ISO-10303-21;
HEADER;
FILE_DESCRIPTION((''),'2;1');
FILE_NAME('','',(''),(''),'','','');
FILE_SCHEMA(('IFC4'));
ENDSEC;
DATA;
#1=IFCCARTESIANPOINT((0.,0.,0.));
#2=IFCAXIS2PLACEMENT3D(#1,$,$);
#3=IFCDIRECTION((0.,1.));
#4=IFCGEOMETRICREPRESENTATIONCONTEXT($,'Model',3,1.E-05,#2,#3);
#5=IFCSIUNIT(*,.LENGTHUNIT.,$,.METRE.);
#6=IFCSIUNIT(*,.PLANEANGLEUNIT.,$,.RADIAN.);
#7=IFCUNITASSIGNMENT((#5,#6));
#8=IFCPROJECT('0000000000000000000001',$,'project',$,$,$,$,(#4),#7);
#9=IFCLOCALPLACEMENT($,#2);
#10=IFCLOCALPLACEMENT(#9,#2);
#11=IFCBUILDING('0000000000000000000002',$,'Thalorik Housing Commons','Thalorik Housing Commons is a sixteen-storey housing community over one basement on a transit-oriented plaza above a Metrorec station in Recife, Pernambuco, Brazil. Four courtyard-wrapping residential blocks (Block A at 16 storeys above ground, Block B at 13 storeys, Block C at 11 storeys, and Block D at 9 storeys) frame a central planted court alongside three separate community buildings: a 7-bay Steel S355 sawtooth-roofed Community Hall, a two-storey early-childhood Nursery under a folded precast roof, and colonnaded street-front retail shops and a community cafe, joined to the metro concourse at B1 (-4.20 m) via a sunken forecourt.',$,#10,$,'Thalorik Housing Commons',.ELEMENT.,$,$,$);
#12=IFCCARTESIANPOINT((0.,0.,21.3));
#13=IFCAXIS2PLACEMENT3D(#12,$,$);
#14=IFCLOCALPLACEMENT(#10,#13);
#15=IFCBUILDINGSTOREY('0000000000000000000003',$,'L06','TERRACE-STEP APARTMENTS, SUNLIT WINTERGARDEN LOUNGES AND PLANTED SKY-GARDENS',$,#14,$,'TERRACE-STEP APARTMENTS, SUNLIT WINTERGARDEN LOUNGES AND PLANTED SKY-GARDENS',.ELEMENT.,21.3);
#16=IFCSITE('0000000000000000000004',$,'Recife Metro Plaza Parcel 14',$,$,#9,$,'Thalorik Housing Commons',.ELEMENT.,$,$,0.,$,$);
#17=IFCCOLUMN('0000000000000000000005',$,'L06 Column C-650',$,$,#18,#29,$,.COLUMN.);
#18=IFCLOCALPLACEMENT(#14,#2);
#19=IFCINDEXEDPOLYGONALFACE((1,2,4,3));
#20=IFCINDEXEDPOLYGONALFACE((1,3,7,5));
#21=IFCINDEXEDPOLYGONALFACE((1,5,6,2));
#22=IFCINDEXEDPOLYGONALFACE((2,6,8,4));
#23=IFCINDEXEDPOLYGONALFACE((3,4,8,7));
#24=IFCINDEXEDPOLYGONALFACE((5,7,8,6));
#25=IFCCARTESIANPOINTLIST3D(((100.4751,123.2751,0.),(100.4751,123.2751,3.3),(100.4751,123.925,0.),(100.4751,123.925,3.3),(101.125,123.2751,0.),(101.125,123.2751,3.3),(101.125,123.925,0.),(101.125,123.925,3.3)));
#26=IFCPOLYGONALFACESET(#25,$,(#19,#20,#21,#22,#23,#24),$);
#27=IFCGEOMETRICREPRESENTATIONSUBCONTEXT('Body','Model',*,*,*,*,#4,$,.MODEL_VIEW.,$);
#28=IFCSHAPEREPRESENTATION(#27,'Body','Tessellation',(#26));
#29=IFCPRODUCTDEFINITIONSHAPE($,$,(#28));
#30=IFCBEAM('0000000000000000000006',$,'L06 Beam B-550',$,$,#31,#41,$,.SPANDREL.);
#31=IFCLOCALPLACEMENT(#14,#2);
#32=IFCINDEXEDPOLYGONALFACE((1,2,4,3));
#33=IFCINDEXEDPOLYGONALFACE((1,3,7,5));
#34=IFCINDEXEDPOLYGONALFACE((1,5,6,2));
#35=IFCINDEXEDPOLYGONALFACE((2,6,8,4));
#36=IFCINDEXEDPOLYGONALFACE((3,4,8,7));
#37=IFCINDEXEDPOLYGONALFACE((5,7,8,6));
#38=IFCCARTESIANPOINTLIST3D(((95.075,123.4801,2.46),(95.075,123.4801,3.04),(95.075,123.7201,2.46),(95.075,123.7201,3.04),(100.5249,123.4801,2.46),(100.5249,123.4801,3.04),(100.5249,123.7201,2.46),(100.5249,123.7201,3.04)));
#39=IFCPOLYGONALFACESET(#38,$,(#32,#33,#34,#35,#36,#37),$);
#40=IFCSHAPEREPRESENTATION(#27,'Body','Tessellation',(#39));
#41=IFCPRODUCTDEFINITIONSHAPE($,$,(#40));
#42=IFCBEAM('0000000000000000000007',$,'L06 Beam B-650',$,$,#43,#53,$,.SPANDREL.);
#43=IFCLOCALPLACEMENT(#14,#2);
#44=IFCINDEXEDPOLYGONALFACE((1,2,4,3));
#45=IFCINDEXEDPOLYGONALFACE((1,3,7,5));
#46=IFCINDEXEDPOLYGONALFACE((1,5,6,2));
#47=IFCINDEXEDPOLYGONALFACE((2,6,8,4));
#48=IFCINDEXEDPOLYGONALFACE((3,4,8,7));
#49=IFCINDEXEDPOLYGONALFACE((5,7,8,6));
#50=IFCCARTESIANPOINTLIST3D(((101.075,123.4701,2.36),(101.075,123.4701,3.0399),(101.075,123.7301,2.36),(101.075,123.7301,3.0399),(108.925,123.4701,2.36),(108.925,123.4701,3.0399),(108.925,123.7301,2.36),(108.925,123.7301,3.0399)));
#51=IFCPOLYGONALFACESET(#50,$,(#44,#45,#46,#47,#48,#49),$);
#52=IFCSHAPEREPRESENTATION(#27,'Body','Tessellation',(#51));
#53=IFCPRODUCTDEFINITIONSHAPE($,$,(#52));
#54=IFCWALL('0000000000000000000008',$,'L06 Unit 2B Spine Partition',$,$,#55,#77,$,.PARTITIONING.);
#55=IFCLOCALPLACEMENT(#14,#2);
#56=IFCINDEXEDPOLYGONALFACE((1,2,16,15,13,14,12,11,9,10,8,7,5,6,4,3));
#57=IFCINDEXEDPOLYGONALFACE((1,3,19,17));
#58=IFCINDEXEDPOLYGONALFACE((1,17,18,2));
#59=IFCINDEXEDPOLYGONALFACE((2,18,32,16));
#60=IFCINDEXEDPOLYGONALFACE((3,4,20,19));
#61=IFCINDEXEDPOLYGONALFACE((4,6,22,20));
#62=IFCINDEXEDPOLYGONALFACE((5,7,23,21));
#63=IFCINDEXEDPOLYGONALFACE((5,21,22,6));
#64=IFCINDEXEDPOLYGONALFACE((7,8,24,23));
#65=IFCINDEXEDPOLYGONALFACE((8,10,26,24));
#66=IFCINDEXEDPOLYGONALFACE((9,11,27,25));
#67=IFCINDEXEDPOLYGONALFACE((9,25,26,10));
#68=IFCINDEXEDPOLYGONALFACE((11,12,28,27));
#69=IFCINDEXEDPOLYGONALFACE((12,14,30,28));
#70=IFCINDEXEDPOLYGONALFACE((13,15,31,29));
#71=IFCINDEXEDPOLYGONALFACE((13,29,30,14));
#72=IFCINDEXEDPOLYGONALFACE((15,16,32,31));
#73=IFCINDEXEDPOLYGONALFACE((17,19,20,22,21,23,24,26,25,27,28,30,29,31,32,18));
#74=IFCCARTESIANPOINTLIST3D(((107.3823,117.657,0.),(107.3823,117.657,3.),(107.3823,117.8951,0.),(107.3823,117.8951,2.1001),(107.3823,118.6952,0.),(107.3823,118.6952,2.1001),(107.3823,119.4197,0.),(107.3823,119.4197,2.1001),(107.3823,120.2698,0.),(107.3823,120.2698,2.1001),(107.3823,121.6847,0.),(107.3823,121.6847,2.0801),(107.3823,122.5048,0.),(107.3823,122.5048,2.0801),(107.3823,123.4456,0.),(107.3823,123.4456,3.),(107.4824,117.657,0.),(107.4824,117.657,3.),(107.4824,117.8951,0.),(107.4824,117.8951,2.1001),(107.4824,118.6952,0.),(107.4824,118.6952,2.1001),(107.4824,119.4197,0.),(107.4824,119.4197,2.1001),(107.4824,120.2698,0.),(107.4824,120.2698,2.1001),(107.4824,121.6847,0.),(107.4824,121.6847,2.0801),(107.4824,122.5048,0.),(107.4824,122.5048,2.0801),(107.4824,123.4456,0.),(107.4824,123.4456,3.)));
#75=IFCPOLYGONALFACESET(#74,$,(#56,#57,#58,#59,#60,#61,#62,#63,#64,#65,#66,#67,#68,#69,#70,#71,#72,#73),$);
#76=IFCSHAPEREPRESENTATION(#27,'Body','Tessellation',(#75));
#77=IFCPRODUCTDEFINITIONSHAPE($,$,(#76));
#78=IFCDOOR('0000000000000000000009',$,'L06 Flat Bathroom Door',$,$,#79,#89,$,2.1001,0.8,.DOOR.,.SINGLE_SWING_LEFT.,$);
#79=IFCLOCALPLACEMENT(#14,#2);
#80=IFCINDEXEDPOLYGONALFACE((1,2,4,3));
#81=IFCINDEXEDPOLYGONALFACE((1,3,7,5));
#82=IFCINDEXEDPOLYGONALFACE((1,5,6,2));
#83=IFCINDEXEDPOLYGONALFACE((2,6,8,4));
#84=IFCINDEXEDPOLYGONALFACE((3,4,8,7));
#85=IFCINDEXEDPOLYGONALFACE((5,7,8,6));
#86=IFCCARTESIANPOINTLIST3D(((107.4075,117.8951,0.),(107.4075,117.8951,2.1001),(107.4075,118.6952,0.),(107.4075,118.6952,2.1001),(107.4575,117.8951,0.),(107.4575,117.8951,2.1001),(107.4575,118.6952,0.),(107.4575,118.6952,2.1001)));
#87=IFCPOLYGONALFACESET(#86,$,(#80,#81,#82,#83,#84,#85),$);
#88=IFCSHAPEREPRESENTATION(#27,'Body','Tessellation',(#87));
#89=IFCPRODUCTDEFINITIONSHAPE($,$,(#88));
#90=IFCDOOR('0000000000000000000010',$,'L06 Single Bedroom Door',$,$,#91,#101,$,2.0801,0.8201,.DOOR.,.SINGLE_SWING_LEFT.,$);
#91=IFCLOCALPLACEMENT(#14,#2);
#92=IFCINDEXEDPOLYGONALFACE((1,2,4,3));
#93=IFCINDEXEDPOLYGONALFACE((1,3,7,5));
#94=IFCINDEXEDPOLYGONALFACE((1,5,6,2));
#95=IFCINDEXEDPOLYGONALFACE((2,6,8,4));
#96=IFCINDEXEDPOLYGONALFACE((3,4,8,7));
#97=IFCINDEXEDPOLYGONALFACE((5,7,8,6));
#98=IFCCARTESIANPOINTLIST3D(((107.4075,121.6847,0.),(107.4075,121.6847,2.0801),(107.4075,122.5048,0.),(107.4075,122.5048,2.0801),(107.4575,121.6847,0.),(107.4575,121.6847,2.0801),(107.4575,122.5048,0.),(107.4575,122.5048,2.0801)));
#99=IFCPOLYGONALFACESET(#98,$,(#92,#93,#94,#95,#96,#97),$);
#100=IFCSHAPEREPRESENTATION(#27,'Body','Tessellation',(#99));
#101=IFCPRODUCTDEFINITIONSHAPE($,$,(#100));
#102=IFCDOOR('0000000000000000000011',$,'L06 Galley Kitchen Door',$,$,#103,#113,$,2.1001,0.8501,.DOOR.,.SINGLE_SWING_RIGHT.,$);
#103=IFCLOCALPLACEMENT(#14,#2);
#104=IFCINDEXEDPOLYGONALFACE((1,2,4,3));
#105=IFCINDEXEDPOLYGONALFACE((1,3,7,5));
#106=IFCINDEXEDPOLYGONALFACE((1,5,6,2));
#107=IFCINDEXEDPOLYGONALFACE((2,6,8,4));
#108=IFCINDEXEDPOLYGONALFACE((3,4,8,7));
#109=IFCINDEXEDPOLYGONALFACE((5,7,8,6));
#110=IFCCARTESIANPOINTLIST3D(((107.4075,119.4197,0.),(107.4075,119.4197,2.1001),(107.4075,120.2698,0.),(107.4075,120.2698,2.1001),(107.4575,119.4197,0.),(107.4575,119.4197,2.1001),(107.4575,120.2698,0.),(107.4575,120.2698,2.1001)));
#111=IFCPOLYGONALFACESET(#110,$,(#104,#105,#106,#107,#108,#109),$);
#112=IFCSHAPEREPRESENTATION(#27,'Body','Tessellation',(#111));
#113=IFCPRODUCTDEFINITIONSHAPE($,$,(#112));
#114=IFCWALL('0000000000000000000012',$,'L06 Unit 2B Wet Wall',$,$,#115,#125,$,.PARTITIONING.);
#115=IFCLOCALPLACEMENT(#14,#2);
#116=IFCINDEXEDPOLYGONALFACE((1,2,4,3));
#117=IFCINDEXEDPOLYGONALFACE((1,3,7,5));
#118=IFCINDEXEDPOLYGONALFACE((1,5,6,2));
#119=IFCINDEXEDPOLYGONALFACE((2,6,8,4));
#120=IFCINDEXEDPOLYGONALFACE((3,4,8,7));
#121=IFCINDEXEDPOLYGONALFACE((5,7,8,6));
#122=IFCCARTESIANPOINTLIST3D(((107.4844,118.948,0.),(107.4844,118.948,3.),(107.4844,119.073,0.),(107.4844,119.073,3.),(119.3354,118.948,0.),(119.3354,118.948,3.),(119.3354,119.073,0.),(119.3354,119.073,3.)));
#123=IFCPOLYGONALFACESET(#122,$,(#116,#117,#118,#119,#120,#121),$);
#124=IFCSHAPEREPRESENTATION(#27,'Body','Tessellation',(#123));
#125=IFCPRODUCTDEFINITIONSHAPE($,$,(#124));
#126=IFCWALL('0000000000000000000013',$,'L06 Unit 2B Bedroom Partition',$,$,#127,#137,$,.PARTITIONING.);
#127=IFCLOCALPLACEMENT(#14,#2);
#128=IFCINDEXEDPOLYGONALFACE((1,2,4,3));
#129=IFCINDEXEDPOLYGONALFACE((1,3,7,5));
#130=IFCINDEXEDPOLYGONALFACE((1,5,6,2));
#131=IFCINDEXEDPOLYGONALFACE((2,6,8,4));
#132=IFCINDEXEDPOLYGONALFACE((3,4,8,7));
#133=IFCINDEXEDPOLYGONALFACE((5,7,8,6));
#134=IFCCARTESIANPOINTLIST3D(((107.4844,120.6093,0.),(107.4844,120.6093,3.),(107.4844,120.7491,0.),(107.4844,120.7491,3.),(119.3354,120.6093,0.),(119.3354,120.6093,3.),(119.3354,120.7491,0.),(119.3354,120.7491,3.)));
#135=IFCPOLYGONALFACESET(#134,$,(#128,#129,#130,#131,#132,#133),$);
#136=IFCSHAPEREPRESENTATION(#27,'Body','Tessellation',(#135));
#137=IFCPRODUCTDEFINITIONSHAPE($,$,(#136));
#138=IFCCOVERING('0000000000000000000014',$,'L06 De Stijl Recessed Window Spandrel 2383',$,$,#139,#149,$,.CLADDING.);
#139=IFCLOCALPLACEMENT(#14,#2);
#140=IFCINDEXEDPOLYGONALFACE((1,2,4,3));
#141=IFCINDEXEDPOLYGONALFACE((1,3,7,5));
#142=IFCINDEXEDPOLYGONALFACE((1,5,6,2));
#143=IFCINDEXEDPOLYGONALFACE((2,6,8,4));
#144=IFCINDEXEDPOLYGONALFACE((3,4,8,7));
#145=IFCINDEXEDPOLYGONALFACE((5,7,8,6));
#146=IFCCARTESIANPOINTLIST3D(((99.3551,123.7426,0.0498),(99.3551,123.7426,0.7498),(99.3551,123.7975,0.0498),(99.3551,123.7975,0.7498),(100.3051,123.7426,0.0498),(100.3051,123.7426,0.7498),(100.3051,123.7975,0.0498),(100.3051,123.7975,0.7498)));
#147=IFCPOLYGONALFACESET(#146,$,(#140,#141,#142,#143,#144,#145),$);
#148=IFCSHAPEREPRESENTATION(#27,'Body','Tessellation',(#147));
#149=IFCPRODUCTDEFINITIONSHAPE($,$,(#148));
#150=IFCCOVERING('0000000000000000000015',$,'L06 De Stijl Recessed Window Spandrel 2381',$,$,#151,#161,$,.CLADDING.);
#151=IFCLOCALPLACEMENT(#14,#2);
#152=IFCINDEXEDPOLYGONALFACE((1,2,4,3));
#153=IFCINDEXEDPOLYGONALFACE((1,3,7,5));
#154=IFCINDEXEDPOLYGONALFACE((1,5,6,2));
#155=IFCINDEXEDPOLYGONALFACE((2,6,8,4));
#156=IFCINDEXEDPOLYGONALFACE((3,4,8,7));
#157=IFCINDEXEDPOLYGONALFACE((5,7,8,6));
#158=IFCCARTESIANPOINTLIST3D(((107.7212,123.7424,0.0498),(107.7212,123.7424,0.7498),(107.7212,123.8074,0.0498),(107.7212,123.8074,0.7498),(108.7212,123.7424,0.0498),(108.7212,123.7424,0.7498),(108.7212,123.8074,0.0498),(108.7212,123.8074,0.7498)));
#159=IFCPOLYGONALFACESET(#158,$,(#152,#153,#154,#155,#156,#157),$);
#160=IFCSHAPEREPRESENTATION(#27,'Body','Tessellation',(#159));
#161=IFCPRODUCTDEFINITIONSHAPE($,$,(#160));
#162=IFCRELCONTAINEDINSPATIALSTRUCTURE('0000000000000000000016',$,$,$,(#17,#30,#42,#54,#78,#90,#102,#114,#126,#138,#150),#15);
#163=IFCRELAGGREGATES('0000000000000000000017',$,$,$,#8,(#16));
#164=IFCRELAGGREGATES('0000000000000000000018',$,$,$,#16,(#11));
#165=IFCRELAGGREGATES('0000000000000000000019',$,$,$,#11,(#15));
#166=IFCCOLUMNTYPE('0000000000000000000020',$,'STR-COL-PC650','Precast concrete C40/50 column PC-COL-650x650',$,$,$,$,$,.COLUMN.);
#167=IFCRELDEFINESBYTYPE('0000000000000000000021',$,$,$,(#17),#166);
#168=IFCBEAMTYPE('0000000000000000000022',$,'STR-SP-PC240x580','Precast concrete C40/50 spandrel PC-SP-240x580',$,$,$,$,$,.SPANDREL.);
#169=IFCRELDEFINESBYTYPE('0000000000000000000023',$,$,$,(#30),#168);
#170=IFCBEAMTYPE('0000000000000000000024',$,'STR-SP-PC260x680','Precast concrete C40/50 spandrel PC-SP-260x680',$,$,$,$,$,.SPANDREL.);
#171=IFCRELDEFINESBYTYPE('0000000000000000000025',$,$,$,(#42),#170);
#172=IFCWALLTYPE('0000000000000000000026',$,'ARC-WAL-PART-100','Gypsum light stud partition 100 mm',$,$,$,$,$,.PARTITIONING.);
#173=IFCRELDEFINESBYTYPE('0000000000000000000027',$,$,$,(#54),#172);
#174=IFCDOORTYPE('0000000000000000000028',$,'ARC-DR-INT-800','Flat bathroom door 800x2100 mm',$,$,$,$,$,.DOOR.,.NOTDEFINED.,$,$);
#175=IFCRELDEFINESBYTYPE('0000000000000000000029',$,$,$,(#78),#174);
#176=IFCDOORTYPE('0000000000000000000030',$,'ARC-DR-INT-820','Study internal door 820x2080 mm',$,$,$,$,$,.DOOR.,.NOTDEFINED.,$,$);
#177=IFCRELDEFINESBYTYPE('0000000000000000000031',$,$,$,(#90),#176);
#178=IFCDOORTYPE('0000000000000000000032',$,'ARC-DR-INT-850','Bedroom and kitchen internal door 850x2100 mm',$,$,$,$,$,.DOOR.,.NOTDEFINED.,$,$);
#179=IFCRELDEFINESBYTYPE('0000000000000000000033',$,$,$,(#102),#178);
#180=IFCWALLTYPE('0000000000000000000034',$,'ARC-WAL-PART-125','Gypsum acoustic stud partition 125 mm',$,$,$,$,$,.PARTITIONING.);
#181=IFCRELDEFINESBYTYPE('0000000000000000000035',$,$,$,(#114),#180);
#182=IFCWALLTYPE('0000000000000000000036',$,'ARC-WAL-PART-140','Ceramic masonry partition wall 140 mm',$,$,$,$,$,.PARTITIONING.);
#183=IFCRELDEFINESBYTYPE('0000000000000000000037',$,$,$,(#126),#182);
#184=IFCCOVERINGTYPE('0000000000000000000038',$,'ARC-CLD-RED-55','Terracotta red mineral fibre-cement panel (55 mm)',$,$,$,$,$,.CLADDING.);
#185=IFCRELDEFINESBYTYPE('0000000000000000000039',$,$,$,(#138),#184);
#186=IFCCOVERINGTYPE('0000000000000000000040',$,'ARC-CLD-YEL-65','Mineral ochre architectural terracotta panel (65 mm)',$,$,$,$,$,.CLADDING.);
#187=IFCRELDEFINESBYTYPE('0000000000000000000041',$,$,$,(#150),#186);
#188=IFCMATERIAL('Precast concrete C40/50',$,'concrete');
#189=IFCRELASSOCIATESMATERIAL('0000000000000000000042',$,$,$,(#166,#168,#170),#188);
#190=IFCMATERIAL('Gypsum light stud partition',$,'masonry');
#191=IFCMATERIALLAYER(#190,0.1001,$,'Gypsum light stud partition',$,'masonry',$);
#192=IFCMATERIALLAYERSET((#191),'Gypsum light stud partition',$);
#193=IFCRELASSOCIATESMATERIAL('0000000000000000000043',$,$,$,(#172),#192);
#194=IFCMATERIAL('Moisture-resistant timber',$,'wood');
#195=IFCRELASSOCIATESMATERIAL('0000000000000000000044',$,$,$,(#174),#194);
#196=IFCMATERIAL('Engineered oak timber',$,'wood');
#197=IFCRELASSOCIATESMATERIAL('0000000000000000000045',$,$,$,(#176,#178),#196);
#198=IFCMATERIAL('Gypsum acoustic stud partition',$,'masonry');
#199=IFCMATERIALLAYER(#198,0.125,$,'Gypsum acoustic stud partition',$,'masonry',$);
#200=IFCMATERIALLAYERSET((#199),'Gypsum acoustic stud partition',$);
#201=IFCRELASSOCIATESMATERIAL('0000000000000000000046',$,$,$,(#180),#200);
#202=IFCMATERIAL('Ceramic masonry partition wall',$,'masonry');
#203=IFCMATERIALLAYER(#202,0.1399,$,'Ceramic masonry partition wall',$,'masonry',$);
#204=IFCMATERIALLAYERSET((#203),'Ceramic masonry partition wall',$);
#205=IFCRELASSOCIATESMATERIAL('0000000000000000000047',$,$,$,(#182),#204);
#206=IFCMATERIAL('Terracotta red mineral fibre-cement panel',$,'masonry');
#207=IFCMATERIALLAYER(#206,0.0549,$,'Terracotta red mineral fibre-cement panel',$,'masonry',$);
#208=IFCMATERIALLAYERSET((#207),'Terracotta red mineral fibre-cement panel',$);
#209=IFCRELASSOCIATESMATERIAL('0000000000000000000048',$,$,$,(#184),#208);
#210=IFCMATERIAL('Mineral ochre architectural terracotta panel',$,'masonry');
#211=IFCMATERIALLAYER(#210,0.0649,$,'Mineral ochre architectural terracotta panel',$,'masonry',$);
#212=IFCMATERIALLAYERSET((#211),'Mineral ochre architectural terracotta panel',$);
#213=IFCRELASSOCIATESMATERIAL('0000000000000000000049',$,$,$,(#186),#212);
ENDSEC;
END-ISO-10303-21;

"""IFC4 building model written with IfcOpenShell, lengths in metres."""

from ifc_helpers import new_model, si_unit, direction, frame, frame_2d, origin, origin_2d, place, context, subcontext, project, spatial, rectangle, extrude, material, layer, layer_set, material_profile, profile_set, type_object, element, fill, save


model = new_model("IFC4")

# Units and contexts
model_context = context("Model", 3, precision=1e-05, world=origin(), true_north=direction((0.0, 1.0)))
body_context = subcontext(model_context, "Body", "Model", "MODEL_VIEW")
ifc_project = project(units=[si_unit("LENGTHUNIT", "METRE"), si_unit("PLANEANGLEUNIT", "RADIAN")], contexts=[model_context])

# Site, building, storey
site_placement = place(None, origin())
site = spatial("IfcSite", under=ifc_project, at=site_placement, Name="Recife Metro Plaza Parcel 14", LongName="Thalorik Housing Commons", CompositionType="ELEMENT", RefElevation=0.0)
building_placement = place(site_placement, origin())
building = spatial("IfcBuilding", under=site, at=building_placement, Name="Thalorik Housing Commons", Description="Thalorik Housing Commons is a sixteen-storey housing community over one basement on a transit-oriented plaza above a Metrorec station in Recife, Pernambuco, Brazil. Four courtyard-wrapping residential blocks (Block A at 16 storeys above ground, Block B at 13 storeys, Block C at 11 storeys, and Block D at 9 storeys) frame a central planted court alongside three separate community buildings: a 7-bay Steel S355 sawtooth-roofed Community Hall, a two-storey early-childhood Nursery under a folded precast roof, and colonnaded street-front retail shops and a community cafe, joined to the metro concourse at B1 (-4.20 m) via a sunken forecourt.", LongName="Thalorik Housing Commons", CompositionType="ELEMENT")
storey_placement = place(building_placement, frame((0.0, 0.0, 21.3)))
storey = spatial("IfcBuildingStorey", under=building, at=storey_placement, Name="L06", Description="TERRACE-STEP APARTMENTS, SUNLIT WINTERGARDEN LOUNGES AND PLANTED SKY-GARDENS", LongName="TERRACE-STEP APARTMENTS, SUNLIT WINTERGARDEN LOUNGES AND PLANTED SKY-GARDENS", CompositionType="ELEMENT", Elevation=21.3)

# Column
ifc_material_1 = material(Name="Precast concrete C40/50", Category="concrete")
ifc_material_profile_1 = material_profile(ifc_material_1, rectangle(XDim=0.6499, YDim=0.6499, at=origin_2d()), Name="PC 650x650", Category="concrete")
ifc_profile_set_1 = profile_set([ifc_material_profile_1], Name="Precast concrete C40/50")
column_type = type_object("IfcColumnType", Name="STR-COL-PC650", Description="Precast concrete C40/50 column PC-COL-650x650", PredefinedType="COLUMN", material=ifc_profile_set_1)
column_placement = place(storey_placement, frame((100.8, 123.6001, 0.0), z_axis=(0.0, 0.0, 1.0), x_axis=(1.0, 0.0, 0.0)))
element("IfcColumn", 1, at=column_placement, inside=storey, type_object=column_type, Name="L06 Column C-650", PredefinedType="COLUMN", context=body_context, shape_type="SweptSolid", body=[
    extrude(rectangle(XDim=0.6499, YDim=0.6499, at=origin_2d()), origin(), (0.0, 0.0, 1.0), 3.3),
])

# Beams
ifc_material_profile_2 = material_profile(ifc_material_1, rectangle(XDim=0.24, YDim=0.5801, at=origin_2d()), Name="PC SP 240x580", Category="concrete")
ifc_profile_set_2 = profile_set([ifc_material_profile_2], Name="Precast concrete C40/50")
beam_type_1 = type_object("IfcBeamType", Name="STR-SP-PC240x580", Description="Precast concrete C40/50 spandrel PC-SP-240x580", PredefinedType="SPANDREL", material=ifc_profile_set_2)
beam_1_placement = place(storey_placement, frame((95.075, 123.6001, 2.75), z_axis=(1.0, 0.0, 0.0), x_axis=(0.0, 1.0, 0.0)))
element("IfcBeam", 2, at=beam_1_placement, inside=storey, type_object=beam_type_1, Name="L06 Beam B-550", PredefinedType="SPANDREL", context=body_context, shape_type="SweptSolid", body=[
    extrude(rectangle(XDim=0.24, YDim=0.5801, at=origin_2d()), origin(), (0.0, 0.0, 1.0), 5.45),
])
ifc_material_profile_3 = material_profile(ifc_material_1, rectangle(XDim=0.26, YDim=0.6799, at=origin_2d()), Name="PC SP 260x680", Category="concrete")
ifc_profile_set_3 = profile_set([ifc_material_profile_3], Name="Precast concrete C40/50")
beam_type_2 = type_object("IfcBeamType", Name="STR-SP-PC260x680", Description="Precast concrete C40/50 spandrel PC-SP-260x680", PredefinedType="SPANDREL", material=ifc_profile_set_3)
beam_2_placement = place(storey_placement, frame((101.075, 123.6001, 2.7), z_axis=(1.0, 0.0, 0.0), x_axis=(0.0, 1.0, 0.0)))
element("IfcBeam", 3, at=beam_2_placement, inside=storey, type_object=beam_type_2, Name="L06 Beam B-650", PredefinedType="SPANDREL", context=body_context, shape_type="SweptSolid", body=[
    extrude(rectangle(XDim=0.26, YDim=0.6799, at=origin_2d()), origin(), (0.0, 0.0, 1.0), 7.8501),
])

# Wall, openings, doors
ifc_material_2 = material(Name="Gypsum light stud partition", Category="masonry")
ifc_layer_1 = layer(ifc_material_2, 0.1001, Name="Gypsum light stud partition", Category="masonry")
ifc_layer_set_1 = layer_set([ifc_layer_1], Name="Gypsum light stud partition")
wall_type_1 = type_object("IfcWallType", Name="ARC-WAL-PART-100", Description="Gypsum light stud partition 100 mm", PredefinedType="PARTITIONING", material=ifc_layer_set_1)
wall_1_placement = place(storey_placement, frame((107.4324, 117.657, 0.0), z_axis=(0.0, 0.0, 1.0), x_axis=(0.0, 1.0, 0.0)))
wall_1 = element("IfcWall", 4, at=wall_1_placement, inside=storey, type_object=wall_type_1, Name="L06 Unit 2B Spine Partition", PredefinedType="PARTITIONING", context=body_context, shape_type="SweptSolid", body=[
    extrude(rectangle(XDim=5.7886, YDim=0.1001, at=frame_2d((2.8943, 0.0))), origin(), (0.0, 0.0, 1.0), 3.0),
])
opening_1_placement = place(wall_1_placement, frame((0.2383, 0.0, 0.0)))
opening_1 = element("IfcOpeningElement", 5, at=opening_1_placement, cuts=wall_1, PredefinedType="OPENING", context=body_context, shape_type="SweptSolid", body=[
    extrude(rectangle(XDim=0.8, YDim=2.1001, at=frame_2d((0.3999, 1.05))), frame((0.0, 0.0601, 0.0), z_axis=(0.0, -1.0, 0.0), x_axis=(1.0, 0.0, 0.0)), (0.0, 0.0, 1.0), 0.1201),
])
opening_2_placement = place(wall_1_placement, frame((1.7627, 0.0, 0.0)))
opening_2 = element("IfcOpeningElement", 6, at=opening_2_placement, cuts=wall_1, PredefinedType="OPENING", context=body_context, shape_type="SweptSolid", body=[
    extrude(rectangle(XDim=0.8501, YDim=2.1001, at=frame_2d((0.425, 1.05))), frame((0.0, 0.0601, 0.0), z_axis=(0.0, -1.0, 0.0), x_axis=(1.0, 0.0, 0.0)), (0.0, 0.0, 1.0), 0.1201),
])
opening_3_placement = place(wall_1_placement, frame((4.0276, 0.0, 0.0)))
opening_3 = element("IfcOpeningElement", 7, at=opening_3_placement, cuts=wall_1, PredefinedType="OPENING", context=body_context, shape_type="SweptSolid", body=[
    extrude(rectangle(XDim=0.8201, YDim=2.0801, at=frame_2d((0.4102, 1.04))), frame((0.0, 0.0601, 0.0), z_axis=(0.0, -1.0, 0.0), x_axis=(1.0, 0.0, 0.0)), (0.0, 0.0, 1.0), 0.1201),
])
ifc_material_3 = material(Name="Moisture-resistant timber", Category="wood")
door_type_1 = type_object("IfcDoorType", Name="ARC-DR-INT-800", Description="Flat bathroom door 800x2100 mm", OperationType="NOTDEFINED", PredefinedType="DOOR", material=ifc_material_3)
door_1_placement = place(opening_1_placement, origin())
door_1 = element("IfcDoor", 8, at=door_1_placement, inside=storey, type_object=door_type_1, Name="L06 Flat Bathroom Door", OperationType="SINGLE_SWING_LEFT", OverallHeight=2.1001, OverallWidth=0.8, PredefinedType="DOOR", context=body_context, shape_type="SweptSolid", body=[
    extrude(rectangle(XDim=0.8, YDim=2.1001, at=frame_2d((0.3999, 1.05))), frame((0.0, 0.0249, 0.0), z_axis=(0.0, -1.0, 0.0), x_axis=(1.0, 0.0, 0.0)), (0.0, 0.0, 1.0), 0.05),
])
fill(opening_1, door_1)
ifc_material_4 = material(Name="Engineered oak timber", Category="wood")
door_type_2 = type_object("IfcDoorType", Name="ARC-DR-INT-820", Description="Study internal door 820x2080 mm", OperationType="NOTDEFINED", PredefinedType="DOOR", material=ifc_material_4)
door_2_placement = place(opening_3_placement, origin())
door_2 = element("IfcDoor", 9, at=door_2_placement, inside=storey, type_object=door_type_2, Name="L06 Single Bedroom Door", OperationType="SINGLE_SWING_LEFT", OverallHeight=2.0801, OverallWidth=0.8201, PredefinedType="DOOR", context=body_context, shape_type="SweptSolid", body=[
    extrude(rectangle(XDim=0.8201, YDim=2.0801, at=frame_2d((0.4102, 1.04))), frame((0.0, 0.0249, 0.0), z_axis=(0.0, -1.0, 0.0), x_axis=(1.0, 0.0, 0.0)), (0.0, 0.0, 1.0), 0.05),
])
fill(opening_3, door_2)
door_type_3 = type_object("IfcDoorType", Name="ARC-DR-INT-850", Description="Bedroom and kitchen internal door 850x2100 mm", OperationType="NOTDEFINED", PredefinedType="DOOR", material=ifc_material_4)
door_3_placement = place(opening_2_placement, origin())
door_3 = element("IfcDoor", 10, at=door_3_placement, inside=storey, type_object=door_type_3, Name="L06 Galley Kitchen Door", OperationType="SINGLE_SWING_RIGHT", OverallHeight=2.1001, OverallWidth=0.8501, PredefinedType="DOOR", context=body_context, shape_type="SweptSolid", body=[
    extrude(rectangle(XDim=0.8501, YDim=2.1001, at=frame_2d((0.425, 1.05))), frame((0.0, 0.0249, 0.0), z_axis=(0.0, -1.0, 0.0), x_axis=(1.0, 0.0, 0.0)), (0.0, 0.0, 1.0), 0.05),
])
fill(opening_2, door_3)

# Walls
ifc_material_5 = material(Name="Gypsum acoustic stud partition", Category="masonry")
ifc_layer_2 = layer(ifc_material_5, 0.125, Name="Gypsum acoustic stud partition", Category="masonry")
ifc_layer_set_2 = layer_set([ifc_layer_2], Name="Gypsum acoustic stud partition")
wall_type_2 = type_object("IfcWallType", Name="ARC-WAL-PART-125", Description="Gypsum acoustic stud partition 125 mm", PredefinedType="PARTITIONING", material=ifc_layer_set_2)
wall_2_placement = place(storey_placement, frame((107.4844, 119.0105, 0.0), z_axis=(0.0, 0.0, 1.0), x_axis=(1.0, 0.0, 0.0)))
element("IfcWall", 11, at=wall_2_placement, inside=storey, type_object=wall_type_2, Name="L06 Unit 2B Wet Wall", PredefinedType="PARTITIONING", context=body_context, shape_type="SweptSolid", body=[
    extrude(rectangle(XDim=11.8511, YDim=0.125, at=frame_2d((5.9255, 0.0))), origin(), (0.0, 0.0, 1.0), 3.0),
])
ifc_material_6 = material(Name="Ceramic masonry partition wall", Category="masonry")
ifc_layer_3 = layer(ifc_material_6, 0.1399, Name="Ceramic masonry partition wall", Category="masonry")
ifc_layer_set_3 = layer_set([ifc_layer_3], Name="Ceramic masonry partition wall")
wall_type_3 = type_object("IfcWallType", Name="ARC-WAL-PART-140", Description="Ceramic masonry partition wall 140 mm", PredefinedType="PARTITIONING", material=ifc_layer_set_3)
wall_3_placement = place(storey_placement, frame((107.4844, 120.6792, 0.0), z_axis=(0.0, 0.0, 1.0), x_axis=(1.0, 0.0, 0.0)))
element("IfcWall", 12, at=wall_3_placement, inside=storey, type_object=wall_type_3, Name="L06 Unit 2B Bedroom Partition", PredefinedType="PARTITIONING", context=body_context, shape_type="SweptSolid", body=[
    extrude(rectangle(XDim=11.8511, YDim=0.1399, at=frame_2d((5.9255, 0.0))), origin(), (0.0, 0.0, 1.0), 3.0),
])

# Coverings
ifc_material_7 = material(Name="Terracotta red mineral fibre-cement panel", Category="masonry")
ifc_layer_4 = layer(ifc_material_7, 0.0549, Name="Terracotta red mineral fibre-cement panel", Category="masonry")
ifc_layer_set_4 = layer_set([ifc_layer_4], Name="Terracotta red mineral fibre-cement panel")
covering_type_1 = type_object("IfcCoveringType", Name="ARC-CLD-RED-55", Description="Terracotta red mineral fibre-cement panel (55 mm)", PredefinedType="CLADDING", material=ifc_layer_set_4)
covering_1_placement = place(storey_placement, frame((99.8301, 123.77, 0.0498), z_axis=(0.0, 0.0, 1.0), x_axis=(-1.0, 0.0, 0.0)))
element("IfcCovering", 13, at=covering_1_placement, inside=storey, type_object=covering_type_1, Name="L06 De Stijl Recessed Window Spandrel 2383", PredefinedType="CLADDING", context=body_context, shape_type="SweptSolid", body=[
    extrude(rectangle(XDim=0.95, YDim=0.0549, at=origin_2d()), origin(), (0.0, 0.0, 1.0), 0.7),
])
ifc_material_8 = material(Name="Mineral ochre architectural terracotta panel", Category="masonry")
ifc_layer_5 = layer(ifc_material_8, 0.0649, Name="Mineral ochre architectural terracotta panel", Category="masonry")
ifc_layer_set_5 = layer_set([ifc_layer_5], Name="Mineral ochre architectural terracotta panel")
covering_type_2 = type_object("IfcCoveringType", Name="ARC-CLD-YEL-65", Description="Mineral ochre architectural terracotta panel (65 mm)", PredefinedType="CLADDING", material=ifc_layer_set_5)
covering_2_placement = place(storey_placement, frame((108.2212, 123.7749, 0.0498), z_axis=(0.0, 0.0, 1.0), x_axis=(-1.0, 0.0, 0.0)))
element("IfcCovering", 14, at=covering_2_placement, inside=storey, type_object=covering_type_2, Name="L06 De Stijl Recessed Window Spandrel 2381", PredefinedType="CLADDING", context=body_context, shape_type="SweptSolid", body=[
    extrude(rectangle(XDim=1.0, YDim=0.0649, at=origin_2d()), origin(), (0.0, 0.0, 1.0), 0.7),
])

save(model, "model.ifc")
